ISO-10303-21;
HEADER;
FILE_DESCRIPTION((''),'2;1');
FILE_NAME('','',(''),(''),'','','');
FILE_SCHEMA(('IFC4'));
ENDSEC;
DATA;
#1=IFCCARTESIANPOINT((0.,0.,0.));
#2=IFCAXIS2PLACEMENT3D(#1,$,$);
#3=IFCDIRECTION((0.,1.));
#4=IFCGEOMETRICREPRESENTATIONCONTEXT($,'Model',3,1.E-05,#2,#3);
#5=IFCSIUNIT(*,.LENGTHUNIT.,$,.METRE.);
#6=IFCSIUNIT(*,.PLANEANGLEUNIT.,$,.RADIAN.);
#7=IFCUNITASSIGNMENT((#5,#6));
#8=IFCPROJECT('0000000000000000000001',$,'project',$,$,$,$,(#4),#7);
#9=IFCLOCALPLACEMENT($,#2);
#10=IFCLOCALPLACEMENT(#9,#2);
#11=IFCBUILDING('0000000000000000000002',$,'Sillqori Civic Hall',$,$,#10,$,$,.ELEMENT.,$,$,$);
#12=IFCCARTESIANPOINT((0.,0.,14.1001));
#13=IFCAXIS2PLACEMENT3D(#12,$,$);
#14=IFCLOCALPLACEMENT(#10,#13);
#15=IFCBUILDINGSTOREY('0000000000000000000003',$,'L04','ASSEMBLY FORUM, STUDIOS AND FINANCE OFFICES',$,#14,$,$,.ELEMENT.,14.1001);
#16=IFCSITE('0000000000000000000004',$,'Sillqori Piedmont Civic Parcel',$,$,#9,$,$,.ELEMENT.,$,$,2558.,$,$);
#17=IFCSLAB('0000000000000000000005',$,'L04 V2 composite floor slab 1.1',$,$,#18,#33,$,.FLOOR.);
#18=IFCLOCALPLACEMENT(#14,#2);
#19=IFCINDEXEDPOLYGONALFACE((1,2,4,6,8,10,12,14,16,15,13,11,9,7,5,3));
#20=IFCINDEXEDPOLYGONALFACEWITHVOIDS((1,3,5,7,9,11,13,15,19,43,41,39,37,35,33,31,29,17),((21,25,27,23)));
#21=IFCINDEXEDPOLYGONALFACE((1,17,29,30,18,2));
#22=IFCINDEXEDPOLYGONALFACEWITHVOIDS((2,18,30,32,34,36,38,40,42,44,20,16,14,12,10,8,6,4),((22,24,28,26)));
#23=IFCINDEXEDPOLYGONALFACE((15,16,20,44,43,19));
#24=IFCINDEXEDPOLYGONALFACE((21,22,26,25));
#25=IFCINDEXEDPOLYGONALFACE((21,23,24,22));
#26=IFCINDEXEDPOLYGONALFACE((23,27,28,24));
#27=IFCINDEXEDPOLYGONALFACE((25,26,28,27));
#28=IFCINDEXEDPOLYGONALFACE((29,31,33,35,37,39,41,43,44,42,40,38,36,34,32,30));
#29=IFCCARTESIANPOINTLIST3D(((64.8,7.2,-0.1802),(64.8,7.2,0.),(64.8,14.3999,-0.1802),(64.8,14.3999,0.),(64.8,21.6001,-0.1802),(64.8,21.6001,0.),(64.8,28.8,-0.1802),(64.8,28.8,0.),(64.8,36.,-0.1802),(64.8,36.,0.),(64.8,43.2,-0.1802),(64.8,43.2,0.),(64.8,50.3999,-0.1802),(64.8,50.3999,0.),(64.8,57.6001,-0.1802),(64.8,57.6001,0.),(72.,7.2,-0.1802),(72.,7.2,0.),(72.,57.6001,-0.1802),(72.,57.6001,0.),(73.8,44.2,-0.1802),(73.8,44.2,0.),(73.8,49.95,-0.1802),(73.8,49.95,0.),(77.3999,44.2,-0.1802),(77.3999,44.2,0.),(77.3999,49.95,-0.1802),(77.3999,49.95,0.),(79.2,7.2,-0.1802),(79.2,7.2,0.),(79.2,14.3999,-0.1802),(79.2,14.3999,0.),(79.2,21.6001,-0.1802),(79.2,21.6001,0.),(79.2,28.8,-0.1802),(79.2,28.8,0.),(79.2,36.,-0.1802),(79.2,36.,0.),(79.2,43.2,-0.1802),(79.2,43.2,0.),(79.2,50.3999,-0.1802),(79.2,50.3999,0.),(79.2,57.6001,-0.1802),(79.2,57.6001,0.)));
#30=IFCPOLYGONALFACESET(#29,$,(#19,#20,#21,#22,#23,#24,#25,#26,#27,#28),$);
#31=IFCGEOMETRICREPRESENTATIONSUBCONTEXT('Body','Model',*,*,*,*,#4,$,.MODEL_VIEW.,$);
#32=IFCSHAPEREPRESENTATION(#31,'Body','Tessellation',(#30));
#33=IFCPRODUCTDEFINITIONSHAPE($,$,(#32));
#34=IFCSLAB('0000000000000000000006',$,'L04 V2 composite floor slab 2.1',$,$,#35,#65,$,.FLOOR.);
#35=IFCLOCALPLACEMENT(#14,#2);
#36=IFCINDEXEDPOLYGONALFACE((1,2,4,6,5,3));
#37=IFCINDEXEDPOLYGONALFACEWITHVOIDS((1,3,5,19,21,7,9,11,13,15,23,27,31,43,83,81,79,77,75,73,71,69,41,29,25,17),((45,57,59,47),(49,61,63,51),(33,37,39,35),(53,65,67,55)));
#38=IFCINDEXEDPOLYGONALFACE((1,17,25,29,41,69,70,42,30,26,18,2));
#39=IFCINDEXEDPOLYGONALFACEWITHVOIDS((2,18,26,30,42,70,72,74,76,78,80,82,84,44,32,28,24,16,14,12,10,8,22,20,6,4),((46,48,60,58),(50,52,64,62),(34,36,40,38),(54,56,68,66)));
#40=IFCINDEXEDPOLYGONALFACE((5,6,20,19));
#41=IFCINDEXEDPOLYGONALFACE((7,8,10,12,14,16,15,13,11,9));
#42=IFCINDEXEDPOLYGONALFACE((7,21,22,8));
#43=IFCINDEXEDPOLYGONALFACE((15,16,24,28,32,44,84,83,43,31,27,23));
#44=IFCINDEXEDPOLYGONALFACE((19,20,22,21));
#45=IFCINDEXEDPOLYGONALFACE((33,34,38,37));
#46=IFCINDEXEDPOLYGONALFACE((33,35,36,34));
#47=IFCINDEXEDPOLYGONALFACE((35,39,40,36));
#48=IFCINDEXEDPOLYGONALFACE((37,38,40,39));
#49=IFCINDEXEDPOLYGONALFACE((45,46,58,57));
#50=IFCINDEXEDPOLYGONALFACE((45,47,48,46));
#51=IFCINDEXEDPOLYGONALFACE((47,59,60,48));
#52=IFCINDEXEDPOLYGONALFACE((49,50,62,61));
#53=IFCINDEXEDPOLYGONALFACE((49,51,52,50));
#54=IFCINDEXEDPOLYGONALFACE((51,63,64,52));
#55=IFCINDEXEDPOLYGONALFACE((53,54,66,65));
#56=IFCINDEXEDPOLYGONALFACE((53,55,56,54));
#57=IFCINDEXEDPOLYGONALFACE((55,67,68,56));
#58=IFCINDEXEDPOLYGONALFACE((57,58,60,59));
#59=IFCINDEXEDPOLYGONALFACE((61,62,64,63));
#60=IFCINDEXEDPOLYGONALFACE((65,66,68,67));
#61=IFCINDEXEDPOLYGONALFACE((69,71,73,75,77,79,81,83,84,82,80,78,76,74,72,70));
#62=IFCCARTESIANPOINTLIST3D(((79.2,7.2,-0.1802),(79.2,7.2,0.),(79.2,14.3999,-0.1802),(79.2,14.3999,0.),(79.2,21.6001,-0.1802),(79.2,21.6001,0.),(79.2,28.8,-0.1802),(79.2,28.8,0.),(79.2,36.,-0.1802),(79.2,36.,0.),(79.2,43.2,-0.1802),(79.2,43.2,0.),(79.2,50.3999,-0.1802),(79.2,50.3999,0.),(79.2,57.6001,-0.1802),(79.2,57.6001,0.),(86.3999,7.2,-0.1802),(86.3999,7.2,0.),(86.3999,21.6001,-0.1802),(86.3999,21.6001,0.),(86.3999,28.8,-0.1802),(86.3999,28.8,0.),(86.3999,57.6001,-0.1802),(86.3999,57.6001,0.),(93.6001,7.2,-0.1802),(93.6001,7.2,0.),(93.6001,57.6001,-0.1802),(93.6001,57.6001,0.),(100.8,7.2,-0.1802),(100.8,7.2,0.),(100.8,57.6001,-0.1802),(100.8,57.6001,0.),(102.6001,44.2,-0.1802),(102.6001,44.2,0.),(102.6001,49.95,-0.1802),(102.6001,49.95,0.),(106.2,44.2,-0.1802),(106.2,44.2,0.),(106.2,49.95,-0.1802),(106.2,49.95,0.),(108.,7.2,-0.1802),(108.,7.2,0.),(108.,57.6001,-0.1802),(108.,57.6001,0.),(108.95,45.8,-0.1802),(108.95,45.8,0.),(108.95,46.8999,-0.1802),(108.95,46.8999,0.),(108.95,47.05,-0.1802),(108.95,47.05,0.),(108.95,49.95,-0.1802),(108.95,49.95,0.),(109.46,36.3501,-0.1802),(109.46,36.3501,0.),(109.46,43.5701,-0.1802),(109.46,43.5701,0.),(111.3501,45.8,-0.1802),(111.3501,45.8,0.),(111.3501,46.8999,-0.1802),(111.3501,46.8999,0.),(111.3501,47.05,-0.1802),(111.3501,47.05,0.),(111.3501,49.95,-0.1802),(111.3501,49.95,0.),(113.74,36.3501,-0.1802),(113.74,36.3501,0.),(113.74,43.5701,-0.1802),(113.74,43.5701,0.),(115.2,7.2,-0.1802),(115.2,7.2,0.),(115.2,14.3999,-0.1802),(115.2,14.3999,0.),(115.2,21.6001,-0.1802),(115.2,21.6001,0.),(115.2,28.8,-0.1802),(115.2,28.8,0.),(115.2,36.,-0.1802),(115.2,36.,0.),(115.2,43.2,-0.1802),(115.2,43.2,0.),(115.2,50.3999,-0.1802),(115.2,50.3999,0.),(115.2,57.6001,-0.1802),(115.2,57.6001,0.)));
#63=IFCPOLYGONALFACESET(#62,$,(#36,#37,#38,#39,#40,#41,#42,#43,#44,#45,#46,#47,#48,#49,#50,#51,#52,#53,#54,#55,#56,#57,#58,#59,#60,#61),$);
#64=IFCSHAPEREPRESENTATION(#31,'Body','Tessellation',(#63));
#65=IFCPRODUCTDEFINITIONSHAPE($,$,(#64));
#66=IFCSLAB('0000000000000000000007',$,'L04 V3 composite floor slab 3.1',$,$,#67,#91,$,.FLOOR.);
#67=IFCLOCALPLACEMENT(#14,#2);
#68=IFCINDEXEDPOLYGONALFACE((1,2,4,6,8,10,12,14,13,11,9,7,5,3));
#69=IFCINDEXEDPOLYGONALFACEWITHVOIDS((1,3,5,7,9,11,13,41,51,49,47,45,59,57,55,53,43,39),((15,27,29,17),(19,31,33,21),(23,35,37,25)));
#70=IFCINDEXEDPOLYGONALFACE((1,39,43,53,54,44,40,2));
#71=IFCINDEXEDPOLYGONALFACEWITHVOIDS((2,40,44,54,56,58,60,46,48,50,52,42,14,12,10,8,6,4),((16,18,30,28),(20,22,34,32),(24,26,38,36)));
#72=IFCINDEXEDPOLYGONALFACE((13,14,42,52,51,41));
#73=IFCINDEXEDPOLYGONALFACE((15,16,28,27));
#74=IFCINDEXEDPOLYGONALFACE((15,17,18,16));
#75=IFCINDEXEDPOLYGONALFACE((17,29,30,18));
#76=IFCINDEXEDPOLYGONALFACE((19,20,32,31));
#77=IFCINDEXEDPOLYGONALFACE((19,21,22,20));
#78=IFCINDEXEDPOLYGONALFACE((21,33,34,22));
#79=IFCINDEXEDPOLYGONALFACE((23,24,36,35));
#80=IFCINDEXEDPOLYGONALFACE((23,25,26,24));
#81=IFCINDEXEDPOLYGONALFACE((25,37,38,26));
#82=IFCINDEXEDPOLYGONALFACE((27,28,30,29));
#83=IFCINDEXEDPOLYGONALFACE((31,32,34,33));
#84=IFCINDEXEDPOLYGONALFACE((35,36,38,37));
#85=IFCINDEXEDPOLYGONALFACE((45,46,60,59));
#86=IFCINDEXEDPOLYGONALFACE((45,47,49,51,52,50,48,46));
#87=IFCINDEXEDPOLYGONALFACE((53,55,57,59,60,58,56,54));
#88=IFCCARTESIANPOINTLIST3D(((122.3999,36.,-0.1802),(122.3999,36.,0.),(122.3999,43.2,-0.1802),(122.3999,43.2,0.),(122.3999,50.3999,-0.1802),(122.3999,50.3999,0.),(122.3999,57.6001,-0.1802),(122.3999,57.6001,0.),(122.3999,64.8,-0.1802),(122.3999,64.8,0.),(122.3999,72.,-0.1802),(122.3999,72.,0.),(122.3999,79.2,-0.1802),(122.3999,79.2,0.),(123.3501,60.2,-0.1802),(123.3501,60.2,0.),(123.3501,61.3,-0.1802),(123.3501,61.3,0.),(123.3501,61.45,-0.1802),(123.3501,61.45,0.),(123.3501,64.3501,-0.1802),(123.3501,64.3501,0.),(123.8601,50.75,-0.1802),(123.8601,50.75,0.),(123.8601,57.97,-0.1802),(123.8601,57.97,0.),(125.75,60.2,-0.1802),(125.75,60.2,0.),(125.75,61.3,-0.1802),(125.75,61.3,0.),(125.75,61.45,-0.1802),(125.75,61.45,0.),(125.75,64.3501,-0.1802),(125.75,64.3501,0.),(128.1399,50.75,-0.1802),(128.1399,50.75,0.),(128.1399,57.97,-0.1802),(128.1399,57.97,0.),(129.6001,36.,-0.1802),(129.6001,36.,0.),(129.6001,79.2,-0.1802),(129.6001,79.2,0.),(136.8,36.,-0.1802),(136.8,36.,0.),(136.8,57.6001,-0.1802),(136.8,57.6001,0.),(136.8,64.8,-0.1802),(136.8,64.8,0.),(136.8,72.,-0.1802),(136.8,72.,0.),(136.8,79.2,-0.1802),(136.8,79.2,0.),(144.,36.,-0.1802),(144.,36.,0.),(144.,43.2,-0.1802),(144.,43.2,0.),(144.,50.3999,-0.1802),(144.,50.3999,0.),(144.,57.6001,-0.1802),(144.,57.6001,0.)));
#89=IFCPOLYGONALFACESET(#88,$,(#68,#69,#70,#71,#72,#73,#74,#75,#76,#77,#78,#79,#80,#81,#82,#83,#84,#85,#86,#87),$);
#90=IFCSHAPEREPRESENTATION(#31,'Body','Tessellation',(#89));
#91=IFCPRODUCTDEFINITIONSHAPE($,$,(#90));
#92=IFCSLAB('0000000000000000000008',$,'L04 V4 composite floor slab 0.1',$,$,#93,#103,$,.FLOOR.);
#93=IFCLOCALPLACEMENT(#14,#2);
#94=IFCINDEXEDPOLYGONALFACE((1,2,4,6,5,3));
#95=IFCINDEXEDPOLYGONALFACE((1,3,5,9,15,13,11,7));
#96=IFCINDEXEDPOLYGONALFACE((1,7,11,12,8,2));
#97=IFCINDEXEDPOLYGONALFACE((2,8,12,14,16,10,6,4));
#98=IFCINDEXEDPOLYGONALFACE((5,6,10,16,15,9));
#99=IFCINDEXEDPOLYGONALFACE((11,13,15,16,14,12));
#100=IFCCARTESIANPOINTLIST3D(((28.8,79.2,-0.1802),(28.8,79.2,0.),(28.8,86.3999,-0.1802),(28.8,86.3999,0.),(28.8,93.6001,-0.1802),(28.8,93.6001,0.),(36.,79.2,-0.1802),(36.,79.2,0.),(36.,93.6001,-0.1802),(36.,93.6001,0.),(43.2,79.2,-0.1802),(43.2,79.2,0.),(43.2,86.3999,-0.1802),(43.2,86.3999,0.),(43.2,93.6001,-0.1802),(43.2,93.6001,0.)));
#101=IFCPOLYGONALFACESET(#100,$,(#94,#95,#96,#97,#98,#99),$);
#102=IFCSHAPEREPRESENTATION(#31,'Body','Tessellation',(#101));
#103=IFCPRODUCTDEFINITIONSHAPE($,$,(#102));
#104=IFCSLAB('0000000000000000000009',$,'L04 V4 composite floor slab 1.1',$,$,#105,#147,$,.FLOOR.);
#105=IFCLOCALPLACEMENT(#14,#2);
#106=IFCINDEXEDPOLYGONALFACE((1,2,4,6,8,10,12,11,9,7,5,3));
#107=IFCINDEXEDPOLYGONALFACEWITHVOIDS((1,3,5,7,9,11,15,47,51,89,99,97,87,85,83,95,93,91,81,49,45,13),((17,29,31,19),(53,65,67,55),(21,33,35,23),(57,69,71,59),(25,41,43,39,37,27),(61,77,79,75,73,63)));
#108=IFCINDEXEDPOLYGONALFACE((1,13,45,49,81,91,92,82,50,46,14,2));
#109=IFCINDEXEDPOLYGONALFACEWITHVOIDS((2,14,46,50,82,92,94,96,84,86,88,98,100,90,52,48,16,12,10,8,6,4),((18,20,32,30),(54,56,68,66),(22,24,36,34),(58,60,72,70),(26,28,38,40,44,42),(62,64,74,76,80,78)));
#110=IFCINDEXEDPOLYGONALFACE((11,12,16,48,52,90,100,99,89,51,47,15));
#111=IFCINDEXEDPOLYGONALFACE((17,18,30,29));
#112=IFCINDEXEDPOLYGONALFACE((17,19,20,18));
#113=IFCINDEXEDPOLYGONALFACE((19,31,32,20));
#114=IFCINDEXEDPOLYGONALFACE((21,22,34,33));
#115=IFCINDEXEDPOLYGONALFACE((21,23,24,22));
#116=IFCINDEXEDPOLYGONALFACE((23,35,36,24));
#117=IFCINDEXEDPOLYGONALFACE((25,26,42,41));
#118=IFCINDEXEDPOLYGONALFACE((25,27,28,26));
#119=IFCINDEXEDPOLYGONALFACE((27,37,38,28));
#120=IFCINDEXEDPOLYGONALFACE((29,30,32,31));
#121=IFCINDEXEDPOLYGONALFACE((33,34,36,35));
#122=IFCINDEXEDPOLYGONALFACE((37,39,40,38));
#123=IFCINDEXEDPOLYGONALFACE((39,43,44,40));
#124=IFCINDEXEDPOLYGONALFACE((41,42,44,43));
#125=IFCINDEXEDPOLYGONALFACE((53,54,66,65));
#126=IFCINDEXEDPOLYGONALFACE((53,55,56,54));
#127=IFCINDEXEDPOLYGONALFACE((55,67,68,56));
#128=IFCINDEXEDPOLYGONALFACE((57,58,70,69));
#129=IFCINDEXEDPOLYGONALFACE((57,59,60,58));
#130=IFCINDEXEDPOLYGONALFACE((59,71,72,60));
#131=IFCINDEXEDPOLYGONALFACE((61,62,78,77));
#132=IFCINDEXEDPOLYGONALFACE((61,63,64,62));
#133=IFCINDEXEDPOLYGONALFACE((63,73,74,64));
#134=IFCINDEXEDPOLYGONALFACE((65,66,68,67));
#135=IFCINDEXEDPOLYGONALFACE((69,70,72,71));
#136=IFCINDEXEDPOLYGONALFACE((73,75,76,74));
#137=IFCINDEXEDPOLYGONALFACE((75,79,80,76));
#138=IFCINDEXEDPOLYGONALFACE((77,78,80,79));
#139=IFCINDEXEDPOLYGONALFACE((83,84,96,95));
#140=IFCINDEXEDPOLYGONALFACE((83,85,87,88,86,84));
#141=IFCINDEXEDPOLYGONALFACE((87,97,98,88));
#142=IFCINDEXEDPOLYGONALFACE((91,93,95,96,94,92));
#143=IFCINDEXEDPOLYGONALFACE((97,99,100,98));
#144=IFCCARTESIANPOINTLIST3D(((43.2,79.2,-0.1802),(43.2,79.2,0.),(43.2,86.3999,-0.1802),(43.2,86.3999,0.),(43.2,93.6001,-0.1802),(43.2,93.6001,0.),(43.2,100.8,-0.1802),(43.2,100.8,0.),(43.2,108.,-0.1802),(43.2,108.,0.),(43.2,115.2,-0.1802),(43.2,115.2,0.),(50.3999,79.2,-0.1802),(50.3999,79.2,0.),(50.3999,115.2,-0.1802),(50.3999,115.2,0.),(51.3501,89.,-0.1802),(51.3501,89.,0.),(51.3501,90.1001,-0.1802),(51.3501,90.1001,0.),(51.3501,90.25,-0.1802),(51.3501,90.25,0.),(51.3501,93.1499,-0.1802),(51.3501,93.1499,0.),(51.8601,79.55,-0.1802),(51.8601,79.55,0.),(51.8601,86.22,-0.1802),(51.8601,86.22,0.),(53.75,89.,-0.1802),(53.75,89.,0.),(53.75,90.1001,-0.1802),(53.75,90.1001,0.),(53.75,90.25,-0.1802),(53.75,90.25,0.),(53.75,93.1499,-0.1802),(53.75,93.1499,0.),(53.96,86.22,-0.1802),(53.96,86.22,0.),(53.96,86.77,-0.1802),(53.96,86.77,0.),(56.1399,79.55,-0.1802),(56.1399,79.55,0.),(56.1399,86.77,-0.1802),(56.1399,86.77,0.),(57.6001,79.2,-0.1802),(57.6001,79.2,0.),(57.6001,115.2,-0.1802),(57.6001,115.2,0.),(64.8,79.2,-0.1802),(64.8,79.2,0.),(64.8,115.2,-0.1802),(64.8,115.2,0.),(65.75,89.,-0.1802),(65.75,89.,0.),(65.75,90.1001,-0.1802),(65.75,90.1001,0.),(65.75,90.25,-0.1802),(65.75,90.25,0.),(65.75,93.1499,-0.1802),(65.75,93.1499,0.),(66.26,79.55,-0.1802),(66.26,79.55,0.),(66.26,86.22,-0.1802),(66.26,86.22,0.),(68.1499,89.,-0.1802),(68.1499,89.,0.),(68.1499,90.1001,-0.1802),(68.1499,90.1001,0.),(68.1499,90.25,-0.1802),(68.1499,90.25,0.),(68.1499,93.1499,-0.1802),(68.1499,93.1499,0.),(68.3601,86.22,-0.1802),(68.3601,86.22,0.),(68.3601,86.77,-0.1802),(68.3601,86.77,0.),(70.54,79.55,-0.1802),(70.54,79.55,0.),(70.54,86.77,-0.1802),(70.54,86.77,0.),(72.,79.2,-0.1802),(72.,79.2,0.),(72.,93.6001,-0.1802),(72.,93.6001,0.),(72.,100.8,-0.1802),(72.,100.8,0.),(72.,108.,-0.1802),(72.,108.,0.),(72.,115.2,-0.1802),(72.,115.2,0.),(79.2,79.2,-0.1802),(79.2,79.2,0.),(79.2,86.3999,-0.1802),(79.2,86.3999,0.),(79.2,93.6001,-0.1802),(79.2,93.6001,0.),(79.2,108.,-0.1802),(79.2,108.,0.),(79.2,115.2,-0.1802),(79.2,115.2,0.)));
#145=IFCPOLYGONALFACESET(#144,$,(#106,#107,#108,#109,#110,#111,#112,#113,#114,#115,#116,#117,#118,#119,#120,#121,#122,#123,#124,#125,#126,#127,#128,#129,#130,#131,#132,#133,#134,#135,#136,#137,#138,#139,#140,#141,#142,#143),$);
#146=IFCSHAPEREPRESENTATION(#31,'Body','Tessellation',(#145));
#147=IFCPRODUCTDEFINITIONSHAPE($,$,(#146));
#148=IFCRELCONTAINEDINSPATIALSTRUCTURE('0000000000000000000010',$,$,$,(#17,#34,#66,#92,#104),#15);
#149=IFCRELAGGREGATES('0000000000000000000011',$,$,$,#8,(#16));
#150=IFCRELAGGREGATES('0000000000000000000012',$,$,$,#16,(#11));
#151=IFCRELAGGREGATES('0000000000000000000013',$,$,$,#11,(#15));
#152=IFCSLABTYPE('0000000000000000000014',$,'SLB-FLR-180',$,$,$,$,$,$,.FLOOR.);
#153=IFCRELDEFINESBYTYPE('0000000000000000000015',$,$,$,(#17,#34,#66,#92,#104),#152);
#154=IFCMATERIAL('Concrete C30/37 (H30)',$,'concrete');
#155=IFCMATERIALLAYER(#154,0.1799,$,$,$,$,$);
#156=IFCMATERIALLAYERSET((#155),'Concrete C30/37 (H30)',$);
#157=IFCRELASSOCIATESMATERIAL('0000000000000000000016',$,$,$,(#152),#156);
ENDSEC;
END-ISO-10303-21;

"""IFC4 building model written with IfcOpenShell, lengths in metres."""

from ifc_helpers import new_model, si_unit, direction, frame, origin, place, context, subcontext, project, spatial, polyline, outline, extrude, material, layer, layer_set, type_object, element, save


model = new_model("IFC4")

# Units and contexts
model_context = context("Model", 3, precision=1e-05, world=origin(), true_north=direction((0.0, 1.0)))
body_context = subcontext(model_context, "Body", "Model", "MODEL_VIEW")
ifc_project = project(units=[si_unit("LENGTHUNIT", "METRE"), si_unit("PLANEANGLEUNIT", "RADIAN")], contexts=[model_context])

# Site, building, storey
site_placement = place(None, origin())
site = spatial("IfcSite", under=ifc_project, at=site_placement, Name="Sillqori Piedmont Civic Parcel", CompositionType="ELEMENT", RefElevation=2558.0)
building_placement = place(site_placement, origin())
building = spatial("IfcBuilding", under=site, at=building_placement, Name="Sillqori Civic Hall", CompositionType="ELEMENT")
storey_placement = place(building_placement, frame((0.0, 0.0, 14.1001)))
storey = spatial("IfcBuildingStorey", under=building, at=storey_placement, Name="L04", Description="ASSEMBLY FORUM, STUDIOS AND FINANCE OFFICES", CompositionType="ELEMENT", Elevation=14.1001)

# Slabs
ifc_material_1 = material(Name="Concrete C30/37 (H30)", Category="concrete")
ifc_layer_1 = layer(ifc_material_1, 0.1799)
ifc_layer_set_1 = layer_set([ifc_layer_1], Name="Concrete C30/37 (H30)")
slab_type_1 = type_object("IfcSlabType", Name="SLB-FLR-180", PredefinedType="FLOOR", material=ifc_layer_set_1)
slab_1_placement = place(storey_placement, frame((0.0, 0.0, -0.1802)))
element("IfcSlab", 1, at=slab_1_placement, inside=storey, type_object=slab_type_1, Name="L04 V2 composite floor slab 1.1", PredefinedType="FLOOR", context=body_context, shape_type="SweptSolid", body=[
    extrude(outline(polyline([(64.8, 21.6001), (64.8, 28.8), (64.8, 36.0), (64.8, 43.2), (64.8, 50.3999), (64.8, 57.6001), (72.0, 57.6001), (79.2, 57.6001), (79.2, 50.3999), (79.2, 43.2), (79.2, 36.0), (79.2, 28.8), (79.2, 21.6001), (79.2, 14.3999), (79.2, 7.2), (72.0, 7.2), (64.8, 7.2), (64.8, 14.3999), (64.8, 21.6001)]), holes=[polyline([(77.3999, 49.95), (73.8, 49.95), (73.8, 44.2), (77.3999, 44.2), (77.3999, 49.95)])]), origin(), (0.0, 0.0, 1.0), 0.1802),
])
slab_2_placement = place(storey_placement, frame((0.0, 0.0, -0.1802)))
element("IfcSlab", 2, at=slab_2_placement, inside=storey, type_object=slab_type_1, Name="L04 V2 composite floor slab 2.1", PredefinedType="FLOOR", context=body_context, shape_type="SweptSolid", body=[
    extrude(outline(polyline([(79.2, 28.8), (79.2, 36.0), (79.2, 43.2), (79.2, 50.3999), (79.2, 57.6001), (86.3999, 57.6001), (93.6001, 57.6001), (100.8, 57.6001), (108.0, 57.6001), (115.2, 57.6001), (115.2, 50.3999), (115.2, 43.2), (115.2, 36.0), (115.2, 28.8), (115.2, 21.6001), (115.2, 14.3999), (115.2, 7.2), (108.0, 7.2), (100.8, 7.2), (93.6001, 7.2), (86.3999, 7.2), (79.2, 7.2), (79.2, 14.3999), (79.2, 21.6001), (86.3999, 21.6001), (86.3999, 28.8), (79.2, 28.8)]), holes=[polyline([(113.74, 43.5701), (109.46, 43.5701), (109.46, 36.3501), (113.74, 36.3501), (113.74, 43.5701)]), polyline([(111.3501, 45.8), (111.3501, 46.8999), (108.95, 46.8999), (108.95, 45.8), (111.3501, 45.8)]), polyline([(106.2, 44.2), (106.2, 49.95), (102.6001, 49.95), (102.6001, 44.2), (106.2, 44.2)]), polyline([(111.3501, 49.95), (108.95, 49.95), (108.95, 47.05), (111.3501, 47.05), (111.3501, 49.95)])]), origin(), (0.0, 0.0, 1.0), 0.1802),
])
slab_3_placement = place(storey_placement, frame((0.0, 0.0, -0.1802)))
element("IfcSlab", 3, at=slab_3_placement, inside=storey, type_object=slab_type_1, Name="L04 V3 composite floor slab 3.1", PredefinedType="FLOOR", context=body_context, shape_type="SweptSolid", body=[
    extrude(outline(polyline([(122.3999, 50.3999), (122.3999, 57.6001), (122.3999, 64.8), (122.3999, 72.0), (122.3999, 79.2), (129.6001, 79.2), (136.8, 79.2), (136.8, 72.0), (136.8, 64.8), (136.8, 57.6001), (144.0, 57.6001), (144.0, 50.3999), (144.0, 43.2), (144.0, 36.0), (136.8, 36.0), (129.6001, 36.0), (122.3999, 36.0), (122.3999, 43.2), (122.3999, 50.3999)]), holes=[polyline([(128.1399, 50.75), (128.1399, 57.97), (123.8601, 57.97), (123.8601, 50.75), (128.1399, 50.75)]), polyline([(125.75, 60.2), (125.75, 61.3), (123.3501, 61.3), (123.3501, 60.2), (125.75, 60.2)]), polyline([(125.75, 64.3501), (123.3501, 64.3501), (123.3501, 61.45), (125.75, 61.45), (125.75, 64.3501)])]), origin(), (0.0, 0.0, 1.0), 0.1802),
])
slab_4_placement = place(storey_placement, frame((0.0, 0.0, -0.1802)))
element("IfcSlab", 4, at=slab_4_placement, inside=storey, type_object=slab_type_1, Name="L04 V4 composite floor slab 0.1", PredefinedType="FLOOR", context=body_context, shape_type="SweptSolid", body=[
    extrude(outline(polyline([(28.8, 93.6001), (36.0, 93.6001), (43.2, 93.6001), (43.2, 86.3999), (43.2, 79.2), (36.0, 79.2), (28.8, 79.2), (28.8, 86.3999), (28.8, 93.6001)])), origin(), (0.0, 0.0, 1.0), 0.1802),
])
slab_5_placement = place(storey_placement, frame((0.0, 0.0, -0.1802)))
element("IfcSlab", 5, at=slab_5_placement, inside=storey, type_object=slab_type_1, Name="L04 V4 composite floor slab 1.1", PredefinedType="FLOOR", context=body_context, shape_type="SweptSolid", body=[
    extrude(outline(polyline([(43.2, 108.0), (43.2, 115.2), (50.3999, 115.2), (57.6001, 115.2), (64.8, 115.2), (72.0, 115.2), (79.2, 115.2), (79.2, 108.0), (72.0, 108.0), (72.0, 100.8), (72.0, 93.6001), (79.2, 93.6001), (79.2, 86.3999), (79.2, 79.2), (72.0, 79.2), (64.8, 79.2), (57.6001, 79.2), (50.3999, 79.2), (43.2, 79.2), (43.2, 86.3999), (43.2, 93.6001), (43.2, 100.8), (43.2, 108.0)]), holes=[polyline([(53.96, 86.22), (51.8601, 86.22), (51.8601, 79.55), (56.1399, 79.55), (56.1399, 86.77), (53.96, 86.77), (53.96, 86.22)]), polyline([(66.26, 86.22), (66.26, 79.55), (70.54, 79.55), (70.54, 86.77), (68.3601, 86.77), (68.3601, 86.22), (66.26, 86.22)]), polyline([(53.75, 89.0), (53.75, 90.1001), (51.3501, 90.1001), (51.3501, 89.0), (53.75, 89.0)]), polyline([(68.1499, 90.1001), (65.75, 90.1001), (65.75, 89.0), (68.1499, 89.0), (68.1499, 90.1001)]), polyline([(53.75, 90.25), (53.75, 93.1499), (51.3501, 93.1499), (51.3501, 90.25), (53.75, 90.25)]), polyline([(68.1499, 90.25), (68.1499, 93.1499), (65.75, 93.1499), (65.75, 90.25), (68.1499, 90.25)])]), origin(), (0.0, 0.0, 1.0), 0.1802),
])

save(model, "model.ifc")
